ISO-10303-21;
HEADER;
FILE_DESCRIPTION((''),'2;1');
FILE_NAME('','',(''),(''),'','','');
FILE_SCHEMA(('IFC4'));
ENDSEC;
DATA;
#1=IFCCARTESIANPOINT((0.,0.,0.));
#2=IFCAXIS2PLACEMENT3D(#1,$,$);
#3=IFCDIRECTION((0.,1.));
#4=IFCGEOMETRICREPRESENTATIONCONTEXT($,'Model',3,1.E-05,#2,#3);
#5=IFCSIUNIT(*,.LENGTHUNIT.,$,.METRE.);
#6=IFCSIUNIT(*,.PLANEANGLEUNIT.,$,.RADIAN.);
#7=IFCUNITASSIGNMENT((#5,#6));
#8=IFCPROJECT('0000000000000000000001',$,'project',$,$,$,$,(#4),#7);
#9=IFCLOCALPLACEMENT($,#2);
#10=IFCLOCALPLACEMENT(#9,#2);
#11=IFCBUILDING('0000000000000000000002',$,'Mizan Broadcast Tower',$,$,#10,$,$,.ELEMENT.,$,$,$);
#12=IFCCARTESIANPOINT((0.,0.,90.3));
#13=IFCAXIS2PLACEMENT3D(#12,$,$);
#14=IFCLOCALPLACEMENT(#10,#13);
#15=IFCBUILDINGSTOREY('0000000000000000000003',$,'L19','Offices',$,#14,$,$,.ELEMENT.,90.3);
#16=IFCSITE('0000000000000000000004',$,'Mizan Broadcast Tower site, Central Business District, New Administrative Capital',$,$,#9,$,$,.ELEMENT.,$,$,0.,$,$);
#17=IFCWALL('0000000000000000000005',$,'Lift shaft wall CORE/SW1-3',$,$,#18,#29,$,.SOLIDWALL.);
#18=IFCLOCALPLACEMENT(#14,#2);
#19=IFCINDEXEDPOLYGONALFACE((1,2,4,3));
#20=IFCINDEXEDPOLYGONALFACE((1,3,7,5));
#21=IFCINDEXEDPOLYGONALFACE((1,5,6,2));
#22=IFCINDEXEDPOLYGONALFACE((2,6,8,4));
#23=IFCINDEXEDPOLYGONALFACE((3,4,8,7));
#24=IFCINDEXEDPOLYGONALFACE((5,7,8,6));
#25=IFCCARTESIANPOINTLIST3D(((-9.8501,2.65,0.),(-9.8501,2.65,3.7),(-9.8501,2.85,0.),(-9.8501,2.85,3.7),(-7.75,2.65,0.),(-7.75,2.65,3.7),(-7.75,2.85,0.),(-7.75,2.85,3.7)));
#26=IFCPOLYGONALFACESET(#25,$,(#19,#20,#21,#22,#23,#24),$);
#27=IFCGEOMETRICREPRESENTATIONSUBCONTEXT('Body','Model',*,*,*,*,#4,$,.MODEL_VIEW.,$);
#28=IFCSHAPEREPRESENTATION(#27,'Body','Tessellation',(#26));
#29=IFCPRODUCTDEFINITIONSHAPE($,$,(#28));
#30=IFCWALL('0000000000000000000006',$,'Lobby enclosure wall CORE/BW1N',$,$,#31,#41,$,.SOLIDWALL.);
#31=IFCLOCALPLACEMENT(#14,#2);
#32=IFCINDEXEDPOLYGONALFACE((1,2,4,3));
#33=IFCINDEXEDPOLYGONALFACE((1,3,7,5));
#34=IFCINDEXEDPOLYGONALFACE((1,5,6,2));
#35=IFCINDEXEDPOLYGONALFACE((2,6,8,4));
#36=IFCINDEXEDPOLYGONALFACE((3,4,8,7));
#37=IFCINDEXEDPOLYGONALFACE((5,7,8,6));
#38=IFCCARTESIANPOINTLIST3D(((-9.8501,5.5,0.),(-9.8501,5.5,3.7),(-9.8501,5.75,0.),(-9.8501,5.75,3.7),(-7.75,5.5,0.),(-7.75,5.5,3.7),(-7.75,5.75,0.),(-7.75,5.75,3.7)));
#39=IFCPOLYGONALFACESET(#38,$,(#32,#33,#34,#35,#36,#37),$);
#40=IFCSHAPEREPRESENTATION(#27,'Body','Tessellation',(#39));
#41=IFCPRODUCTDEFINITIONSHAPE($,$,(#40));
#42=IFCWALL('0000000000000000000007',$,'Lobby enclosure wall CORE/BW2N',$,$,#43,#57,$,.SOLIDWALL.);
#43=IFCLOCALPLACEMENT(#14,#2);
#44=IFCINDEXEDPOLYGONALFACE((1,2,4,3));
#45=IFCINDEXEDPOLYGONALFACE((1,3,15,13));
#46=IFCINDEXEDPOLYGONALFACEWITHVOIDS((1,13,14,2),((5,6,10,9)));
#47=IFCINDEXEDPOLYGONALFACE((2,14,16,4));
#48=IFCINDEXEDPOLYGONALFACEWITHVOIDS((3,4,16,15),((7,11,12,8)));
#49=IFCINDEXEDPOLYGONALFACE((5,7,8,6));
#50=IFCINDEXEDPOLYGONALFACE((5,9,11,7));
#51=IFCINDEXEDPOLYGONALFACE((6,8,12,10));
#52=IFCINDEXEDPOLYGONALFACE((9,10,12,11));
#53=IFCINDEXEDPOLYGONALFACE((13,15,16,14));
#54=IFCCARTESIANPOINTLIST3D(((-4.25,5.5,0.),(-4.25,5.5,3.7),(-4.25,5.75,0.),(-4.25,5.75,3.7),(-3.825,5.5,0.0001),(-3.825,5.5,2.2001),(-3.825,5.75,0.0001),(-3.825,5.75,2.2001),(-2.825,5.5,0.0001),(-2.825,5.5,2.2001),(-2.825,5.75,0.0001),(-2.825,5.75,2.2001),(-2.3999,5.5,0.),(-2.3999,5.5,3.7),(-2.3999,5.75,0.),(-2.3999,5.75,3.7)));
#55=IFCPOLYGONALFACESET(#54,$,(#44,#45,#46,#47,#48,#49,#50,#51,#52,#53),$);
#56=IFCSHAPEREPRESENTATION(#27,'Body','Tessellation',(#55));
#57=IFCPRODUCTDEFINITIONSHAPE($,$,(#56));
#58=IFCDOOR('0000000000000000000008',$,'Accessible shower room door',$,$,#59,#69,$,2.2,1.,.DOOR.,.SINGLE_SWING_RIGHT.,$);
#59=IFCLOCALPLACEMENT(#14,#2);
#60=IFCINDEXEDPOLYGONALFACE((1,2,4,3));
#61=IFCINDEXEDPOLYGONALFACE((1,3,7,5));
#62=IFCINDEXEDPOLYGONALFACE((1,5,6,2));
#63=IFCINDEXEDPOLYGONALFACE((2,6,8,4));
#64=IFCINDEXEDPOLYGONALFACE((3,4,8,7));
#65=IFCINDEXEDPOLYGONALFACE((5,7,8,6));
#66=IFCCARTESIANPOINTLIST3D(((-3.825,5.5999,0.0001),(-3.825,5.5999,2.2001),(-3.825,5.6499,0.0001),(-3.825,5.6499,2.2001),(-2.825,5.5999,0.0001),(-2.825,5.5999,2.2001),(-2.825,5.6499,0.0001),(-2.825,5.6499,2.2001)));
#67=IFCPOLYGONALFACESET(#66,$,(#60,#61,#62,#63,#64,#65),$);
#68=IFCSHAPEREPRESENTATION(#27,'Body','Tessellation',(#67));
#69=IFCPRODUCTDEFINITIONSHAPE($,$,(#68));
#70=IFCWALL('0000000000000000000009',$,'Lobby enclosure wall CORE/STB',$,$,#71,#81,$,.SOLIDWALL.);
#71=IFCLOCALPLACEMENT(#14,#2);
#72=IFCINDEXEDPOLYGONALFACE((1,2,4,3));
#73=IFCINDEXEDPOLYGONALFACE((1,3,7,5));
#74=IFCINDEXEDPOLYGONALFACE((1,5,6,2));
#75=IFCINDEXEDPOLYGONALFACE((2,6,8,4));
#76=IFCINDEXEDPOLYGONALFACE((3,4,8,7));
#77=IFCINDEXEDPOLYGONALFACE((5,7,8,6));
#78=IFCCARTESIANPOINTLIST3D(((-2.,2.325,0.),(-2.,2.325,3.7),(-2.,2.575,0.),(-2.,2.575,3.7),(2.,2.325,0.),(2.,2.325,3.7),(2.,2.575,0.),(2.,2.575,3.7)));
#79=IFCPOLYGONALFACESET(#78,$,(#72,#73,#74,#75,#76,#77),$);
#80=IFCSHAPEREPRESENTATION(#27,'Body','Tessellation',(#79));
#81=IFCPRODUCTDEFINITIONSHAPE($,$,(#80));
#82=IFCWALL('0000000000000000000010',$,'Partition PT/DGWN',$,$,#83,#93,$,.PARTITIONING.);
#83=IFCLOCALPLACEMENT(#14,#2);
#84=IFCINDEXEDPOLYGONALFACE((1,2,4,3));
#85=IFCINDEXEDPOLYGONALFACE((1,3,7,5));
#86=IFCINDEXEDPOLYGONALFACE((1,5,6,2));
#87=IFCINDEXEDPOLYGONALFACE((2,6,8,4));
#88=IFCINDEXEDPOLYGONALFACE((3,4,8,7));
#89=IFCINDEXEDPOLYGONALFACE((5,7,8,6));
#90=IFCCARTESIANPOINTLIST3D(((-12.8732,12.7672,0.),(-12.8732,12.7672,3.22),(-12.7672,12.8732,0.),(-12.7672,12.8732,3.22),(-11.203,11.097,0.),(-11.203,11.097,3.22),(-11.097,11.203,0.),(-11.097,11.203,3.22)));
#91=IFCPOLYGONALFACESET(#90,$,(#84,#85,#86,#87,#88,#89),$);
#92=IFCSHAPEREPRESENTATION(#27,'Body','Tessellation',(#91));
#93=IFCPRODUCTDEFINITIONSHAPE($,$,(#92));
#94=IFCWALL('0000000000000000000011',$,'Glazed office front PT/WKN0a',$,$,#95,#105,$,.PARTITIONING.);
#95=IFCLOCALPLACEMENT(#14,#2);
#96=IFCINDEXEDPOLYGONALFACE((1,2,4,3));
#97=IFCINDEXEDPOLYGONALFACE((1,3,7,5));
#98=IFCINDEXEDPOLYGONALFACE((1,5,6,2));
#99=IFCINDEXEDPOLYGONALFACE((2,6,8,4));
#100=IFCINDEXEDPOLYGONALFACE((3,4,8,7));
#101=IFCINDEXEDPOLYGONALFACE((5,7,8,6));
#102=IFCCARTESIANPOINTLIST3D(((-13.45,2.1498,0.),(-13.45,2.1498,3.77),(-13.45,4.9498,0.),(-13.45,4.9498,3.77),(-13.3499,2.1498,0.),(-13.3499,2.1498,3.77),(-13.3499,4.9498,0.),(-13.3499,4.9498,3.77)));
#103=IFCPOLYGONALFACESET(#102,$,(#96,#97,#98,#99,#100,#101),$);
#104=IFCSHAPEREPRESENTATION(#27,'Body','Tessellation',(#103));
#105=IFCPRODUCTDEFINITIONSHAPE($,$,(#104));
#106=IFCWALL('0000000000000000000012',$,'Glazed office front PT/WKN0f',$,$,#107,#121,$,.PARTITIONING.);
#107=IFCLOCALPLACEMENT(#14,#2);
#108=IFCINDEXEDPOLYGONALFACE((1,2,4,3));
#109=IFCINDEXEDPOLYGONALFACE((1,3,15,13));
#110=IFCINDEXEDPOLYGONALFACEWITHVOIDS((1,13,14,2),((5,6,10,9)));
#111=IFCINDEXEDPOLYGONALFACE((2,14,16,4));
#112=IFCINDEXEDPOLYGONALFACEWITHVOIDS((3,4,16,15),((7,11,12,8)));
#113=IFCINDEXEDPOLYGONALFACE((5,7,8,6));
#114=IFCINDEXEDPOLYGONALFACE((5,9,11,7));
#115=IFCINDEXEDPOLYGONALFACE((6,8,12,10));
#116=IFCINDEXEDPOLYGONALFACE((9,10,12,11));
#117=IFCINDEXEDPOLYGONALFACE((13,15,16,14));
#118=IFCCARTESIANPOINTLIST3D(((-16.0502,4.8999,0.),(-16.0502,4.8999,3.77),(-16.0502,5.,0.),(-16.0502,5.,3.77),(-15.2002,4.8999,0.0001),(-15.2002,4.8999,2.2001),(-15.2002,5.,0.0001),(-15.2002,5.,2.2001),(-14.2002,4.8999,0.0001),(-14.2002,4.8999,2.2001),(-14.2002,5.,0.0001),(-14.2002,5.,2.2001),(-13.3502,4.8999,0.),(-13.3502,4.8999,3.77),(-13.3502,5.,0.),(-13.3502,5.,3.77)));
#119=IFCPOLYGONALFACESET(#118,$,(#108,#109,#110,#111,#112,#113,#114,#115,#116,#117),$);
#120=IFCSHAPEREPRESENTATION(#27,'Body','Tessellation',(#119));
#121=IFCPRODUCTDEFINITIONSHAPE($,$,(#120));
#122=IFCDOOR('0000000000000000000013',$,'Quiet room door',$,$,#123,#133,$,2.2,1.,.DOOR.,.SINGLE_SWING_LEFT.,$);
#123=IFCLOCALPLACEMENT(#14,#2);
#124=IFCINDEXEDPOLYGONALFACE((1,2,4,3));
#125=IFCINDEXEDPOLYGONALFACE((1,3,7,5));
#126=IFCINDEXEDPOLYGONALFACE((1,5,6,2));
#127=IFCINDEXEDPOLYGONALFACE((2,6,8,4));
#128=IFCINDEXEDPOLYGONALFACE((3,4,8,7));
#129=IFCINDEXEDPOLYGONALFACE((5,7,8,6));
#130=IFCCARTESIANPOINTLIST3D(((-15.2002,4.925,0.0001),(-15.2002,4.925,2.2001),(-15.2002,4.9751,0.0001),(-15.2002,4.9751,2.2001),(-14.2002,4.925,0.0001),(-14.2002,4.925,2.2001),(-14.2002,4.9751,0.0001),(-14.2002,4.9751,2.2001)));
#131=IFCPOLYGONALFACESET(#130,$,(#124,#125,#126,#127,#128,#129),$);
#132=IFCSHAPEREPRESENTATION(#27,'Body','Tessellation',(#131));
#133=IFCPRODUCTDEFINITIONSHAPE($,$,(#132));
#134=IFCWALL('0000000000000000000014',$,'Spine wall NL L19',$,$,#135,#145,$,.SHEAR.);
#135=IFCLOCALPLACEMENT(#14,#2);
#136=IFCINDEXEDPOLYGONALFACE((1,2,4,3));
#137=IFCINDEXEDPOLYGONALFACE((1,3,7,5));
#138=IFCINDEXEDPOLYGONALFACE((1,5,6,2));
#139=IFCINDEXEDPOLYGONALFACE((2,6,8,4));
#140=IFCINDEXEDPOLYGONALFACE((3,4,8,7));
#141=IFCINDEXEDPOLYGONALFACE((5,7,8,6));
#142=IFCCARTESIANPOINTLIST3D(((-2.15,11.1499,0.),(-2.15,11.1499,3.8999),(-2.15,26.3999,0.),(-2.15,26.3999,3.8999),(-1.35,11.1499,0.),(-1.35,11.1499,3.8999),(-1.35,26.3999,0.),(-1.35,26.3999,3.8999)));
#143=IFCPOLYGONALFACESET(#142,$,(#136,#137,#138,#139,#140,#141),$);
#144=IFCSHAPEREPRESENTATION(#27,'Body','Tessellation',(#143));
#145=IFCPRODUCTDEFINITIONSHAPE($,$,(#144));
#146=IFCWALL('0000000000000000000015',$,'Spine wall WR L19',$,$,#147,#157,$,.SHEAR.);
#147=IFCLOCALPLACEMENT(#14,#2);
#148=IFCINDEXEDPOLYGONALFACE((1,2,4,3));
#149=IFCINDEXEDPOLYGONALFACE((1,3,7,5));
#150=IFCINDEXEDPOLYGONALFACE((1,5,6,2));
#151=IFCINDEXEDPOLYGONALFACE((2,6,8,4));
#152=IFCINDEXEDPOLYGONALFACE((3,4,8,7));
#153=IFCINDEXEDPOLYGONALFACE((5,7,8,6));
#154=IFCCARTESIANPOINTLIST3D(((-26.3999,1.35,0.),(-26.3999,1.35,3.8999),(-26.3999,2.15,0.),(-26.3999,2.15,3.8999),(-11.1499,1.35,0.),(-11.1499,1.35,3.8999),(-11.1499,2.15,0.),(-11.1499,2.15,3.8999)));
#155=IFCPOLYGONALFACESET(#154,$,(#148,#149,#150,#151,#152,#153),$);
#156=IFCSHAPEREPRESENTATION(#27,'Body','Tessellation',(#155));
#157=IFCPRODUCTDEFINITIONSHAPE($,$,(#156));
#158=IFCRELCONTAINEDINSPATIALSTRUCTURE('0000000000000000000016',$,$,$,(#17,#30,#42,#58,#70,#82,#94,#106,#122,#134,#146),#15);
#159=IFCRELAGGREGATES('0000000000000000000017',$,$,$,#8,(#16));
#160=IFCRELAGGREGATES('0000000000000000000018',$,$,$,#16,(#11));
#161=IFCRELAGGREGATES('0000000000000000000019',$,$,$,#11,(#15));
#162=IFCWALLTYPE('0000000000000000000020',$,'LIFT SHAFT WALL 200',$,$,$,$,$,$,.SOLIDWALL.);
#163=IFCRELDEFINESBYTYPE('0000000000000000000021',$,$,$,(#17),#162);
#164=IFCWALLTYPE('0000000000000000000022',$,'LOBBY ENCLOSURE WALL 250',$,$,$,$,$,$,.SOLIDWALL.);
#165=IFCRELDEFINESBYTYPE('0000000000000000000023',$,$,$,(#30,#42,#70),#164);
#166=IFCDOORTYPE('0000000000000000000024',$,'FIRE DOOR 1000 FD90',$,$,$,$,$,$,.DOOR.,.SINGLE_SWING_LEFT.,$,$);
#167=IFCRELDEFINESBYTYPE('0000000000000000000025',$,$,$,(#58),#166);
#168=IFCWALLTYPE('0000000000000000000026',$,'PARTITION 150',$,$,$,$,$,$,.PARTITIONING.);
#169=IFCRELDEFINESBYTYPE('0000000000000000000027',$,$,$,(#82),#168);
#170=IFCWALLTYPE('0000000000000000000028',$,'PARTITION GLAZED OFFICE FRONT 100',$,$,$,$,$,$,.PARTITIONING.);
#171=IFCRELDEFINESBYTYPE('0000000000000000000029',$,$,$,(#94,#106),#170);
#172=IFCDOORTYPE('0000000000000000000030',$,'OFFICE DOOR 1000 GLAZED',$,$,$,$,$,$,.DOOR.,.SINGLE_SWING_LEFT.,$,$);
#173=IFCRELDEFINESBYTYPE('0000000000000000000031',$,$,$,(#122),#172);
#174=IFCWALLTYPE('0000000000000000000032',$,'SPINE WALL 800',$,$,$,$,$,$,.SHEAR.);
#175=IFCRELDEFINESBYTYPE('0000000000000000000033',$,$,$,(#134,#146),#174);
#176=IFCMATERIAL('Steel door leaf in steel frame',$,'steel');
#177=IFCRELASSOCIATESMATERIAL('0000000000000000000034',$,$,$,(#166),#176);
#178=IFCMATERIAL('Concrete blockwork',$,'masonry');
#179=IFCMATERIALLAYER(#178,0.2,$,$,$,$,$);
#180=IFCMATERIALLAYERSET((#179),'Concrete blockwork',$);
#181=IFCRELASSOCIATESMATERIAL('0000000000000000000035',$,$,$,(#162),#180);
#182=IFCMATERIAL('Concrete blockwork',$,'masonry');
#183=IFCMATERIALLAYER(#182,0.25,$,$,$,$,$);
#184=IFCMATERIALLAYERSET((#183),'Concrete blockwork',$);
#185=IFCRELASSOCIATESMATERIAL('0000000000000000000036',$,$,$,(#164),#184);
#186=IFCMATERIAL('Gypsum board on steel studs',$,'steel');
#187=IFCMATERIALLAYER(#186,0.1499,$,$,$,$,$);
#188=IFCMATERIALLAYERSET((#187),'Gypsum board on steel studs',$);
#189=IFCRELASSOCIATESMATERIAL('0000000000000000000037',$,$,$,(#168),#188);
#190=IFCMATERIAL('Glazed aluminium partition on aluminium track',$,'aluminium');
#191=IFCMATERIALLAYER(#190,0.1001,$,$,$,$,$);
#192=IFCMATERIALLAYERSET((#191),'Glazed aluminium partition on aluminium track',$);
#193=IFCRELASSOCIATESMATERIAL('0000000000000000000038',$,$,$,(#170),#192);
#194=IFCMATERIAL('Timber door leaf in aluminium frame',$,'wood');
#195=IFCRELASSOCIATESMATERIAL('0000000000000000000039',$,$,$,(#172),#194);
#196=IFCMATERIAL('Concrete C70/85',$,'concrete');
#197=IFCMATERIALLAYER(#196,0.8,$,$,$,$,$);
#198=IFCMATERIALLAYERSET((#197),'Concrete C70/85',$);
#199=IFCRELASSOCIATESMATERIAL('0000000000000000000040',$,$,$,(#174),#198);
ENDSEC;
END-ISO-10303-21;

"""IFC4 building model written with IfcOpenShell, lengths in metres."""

from ifc_helpers import new_model, si_unit, direction, frame, frame_2d, origin, place, context, subcontext, project, spatial, rectangle, extrude, material, layer, layer_set, type_object, element, fill, save


model = new_model("IFC4")

# Units and contexts
model_context = context("Model", 3, precision=1e-05, world=origin(), true_north=direction((0.0, 1.0)))
body_context = subcontext(model_context, "Body", "Model", "MODEL_VIEW")
ifc_project = project(units=[si_unit("LENGTHUNIT", "METRE"), si_unit("PLANEANGLEUNIT", "RADIAN")], contexts=[model_context])

# Site, building, storey
site_placement = place(None, origin())
site = spatial("IfcSite", under=ifc_project, at=site_placement, Name="Mizan Broadcast Tower site, Central Business District, New Administrative Capital", CompositionType="ELEMENT", RefElevation=0.0)
building_placement = place(site_placement, origin())
building = spatial("IfcBuilding", under=site, at=building_placement, Name="Mizan Broadcast Tower", CompositionType="ELEMENT")
storey_placement = place(building_placement, frame((0.0, 0.0, 90.3)))
storey = spatial("IfcBuildingStorey", under=building, at=storey_placement, Name="L19", Description="Offices", CompositionType="ELEMENT", Elevation=90.3)

# Shared definitions
ifc_material_1 = material(Name="Steel door leaf in steel frame", Category="steel")
door_type_1 = type_object("IfcDoorType", Name="FIRE DOOR 1000 FD90", OperationType="SINGLE_SWING_LEFT", PredefinedType="DOOR", material=ifc_material_1)

# Walls
ifc_material_2 = material(Name="Concrete blockwork", Category="masonry")
ifc_layer_1 = layer(ifc_material_2, 0.2)
ifc_layer_set_1 = layer_set([ifc_layer_1], Name="Concrete blockwork")
wall_type_1 = type_object("IfcWallType", Name="LIFT SHAFT WALL 200", PredefinedType="SOLIDWALL", material=ifc_layer_set_1)
for number, where, z_axis, x_axis, name in (
    (1, (-9.8501, 2.75, 0.0), (0.0, 0.0, 1.0), (1.0, 0.0, 0.0), "Lift shaft wall CORE/SW1-3"),
):
    element("IfcWall", number, at=place(storey_placement, frame(where, z_axis=z_axis, x_axis=x_axis)), inside=storey, type_object=wall_type_1, Name=name, PredefinedType="SOLIDWALL", context=body_context, shape_type="SweptSolid", body=[
        extrude(rectangle(XDim=2.1001, YDim=0.2, at=frame_2d((1.05, 0.0))), origin(), (0.0, 0.0, 1.0), 3.7),
    ])
ifc_material_3 = material(Name="Concrete blockwork", Category="masonry")
ifc_layer_2 = layer(ifc_material_3, 0.25)
ifc_layer_set_2 = layer_set([ifc_layer_2], Name="Concrete blockwork")
wall_type_2 = type_object("IfcWallType", Name="LOBBY ENCLOSURE WALL 250", PredefinedType="SOLIDWALL", material=ifc_layer_set_2)
wall_1_placement = place(storey_placement, frame((-9.8501, 5.625, 0.0), z_axis=(0.0, 0.0, 1.0), x_axis=(1.0, 0.0, 0.0)))
element("IfcWall", 2, at=wall_1_placement, inside=storey, type_object=wall_type_2, Name="Lobby enclosure wall CORE/BW1N", PredefinedType="SOLIDWALL", context=body_context, shape_type="SweptSolid", body=[
    extrude(rectangle(XDim=2.1001, YDim=0.25, at=frame_2d((1.05, 0.0))), origin(), (0.0, 0.0, 1.0), 3.7),
])

# Wall, opening, door
wall_2_placement = place(storey_placement, frame((-4.25, 5.625, 0.0), z_axis=(0.0, 0.0, 1.0), x_axis=(1.0, 0.0, 0.0)))
wall_2 = element("IfcWall", 3, at=wall_2_placement, inside=storey, type_object=wall_type_2, Name="Lobby enclosure wall CORE/BW2N", PredefinedType="SOLIDWALL", context=body_context, shape_type="SweptSolid", body=[
    extrude(rectangle(XDim=1.8501, YDim=0.25, at=frame_2d((0.925, 0.0))), origin(), (0.0, 0.0, 1.0), 3.7),
])
opening_1_placement = place(wall_2_placement, frame((0.425, 0.0, 0.0)))
opening_1 = element("IfcOpeningElement", 4, at=opening_1_placement, cuts=wall_2, PredefinedType="OPENING", context=body_context, shape_type="SweptSolid", body=[
    extrude(rectangle(XDim=1.0, YDim=2.2, at=frame_2d((0.5, 1.1001))), frame((0.0, 0.135, 0.0), z_axis=(0.0, -1.0, 0.0), x_axis=(1.0, 0.0, 0.0)), (0.0, 0.0, 1.0), 0.27),
])
door_1_placement = place(opening_1_placement, origin())
door_1 = element("IfcDoor", 5, at=door_1_placement, inside=storey, type_object=door_type_1, Name="Accessible shower room door", OperationType="SINGLE_SWING_RIGHT", OverallHeight=2.2, OverallWidth=1.0, PredefinedType="DOOR", context=body_context, shape_type="SweptSolid", body=[
    extrude(rectangle(XDim=1.0, YDim=2.2, at=frame_2d((0.5, 1.1001))), frame((0.0, 0.0249, 0.0), z_axis=(0.0, -1.0, 0.0), x_axis=(1.0, 0.0, 0.0)), (0.0, 0.0, 1.0), 0.05),
])
fill(opening_1, door_1)

# Walls
wall_3_placement = place(storey_placement, frame((-2.0, 2.45, 0.0), z_axis=(0.0, 0.0, 1.0), x_axis=(1.0, 0.0, 0.0)))
element("IfcWall", 6, at=wall_3_placement, inside=storey, type_object=wall_type_2, Name="Lobby enclosure wall CORE/STB", PredefinedType="SOLIDWALL", context=body_context, shape_type="SweptSolid", body=[
    extrude(rectangle(XDim=4.0, YDim=0.25, at=frame_2d((2.0, 0.0))), origin(), (0.0, 0.0, 1.0), 3.7),
])
ifc_material_4 = material(Name="Gypsum board on steel studs", Category="steel")
ifc_layer_3 = layer(ifc_material_4, 0.1499)
ifc_layer_set_3 = layer_set([ifc_layer_3], Name="Gypsum board on steel studs")
wall_type_3 = type_object("IfcWallType", Name="PARTITION 150", PredefinedType="PARTITIONING", material=ifc_layer_set_3)
wall_4_placement = place(storey_placement, frame((-11.1499, 11.1499, 0.0), z_axis=(0.0, 0.0, 1.0), x_axis=(-0.707107, 0.707107, 0.0)))
element("IfcWall", 7, at=wall_4_placement, inside=storey, type_object=wall_type_3, Name="Partition PT/DGWN", PredefinedType="PARTITIONING", context=body_context, shape_type="SweptSolid", body=[
    extrude(rectangle(XDim=2.3621, YDim=0.1499, at=frame_2d((1.1812, 0.0))), origin(), (0.0, 0.0, 1.0), 3.22),
])
ifc_material_5 = material(Name="Glazed aluminium partition on aluminium track", Category="aluminium")
ifc_layer_4 = layer(ifc_material_5, 0.1001)
ifc_layer_set_4 = layer_set([ifc_layer_4], Name="Glazed aluminium partition on aluminium track")
wall_type_4 = type_object("IfcWallType", Name="PARTITION GLAZED OFFICE FRONT 100", PredefinedType="PARTITIONING", material=ifc_layer_set_4)
wall_5_placement = place(storey_placement, frame((-13.3999, 2.1499, 0.0), z_axis=(0.0, 0.0, 1.0), x_axis=(0.0, 1.0, 0.0)))
element("IfcWall", 8, at=wall_5_placement, inside=storey, type_object=wall_type_4, Name="Glazed office front PT/WKN0a", PredefinedType="PARTITIONING", context=body_context, shape_type="SweptSolid", body=[
    extrude(rectangle(XDim=2.8, YDim=0.1001, at=frame_2d((1.3999, 0.0))), origin(), (0.0, 0.0, 1.0), 3.77),
])

# Wall, opening, door
wall_6_placement = place(storey_placement, frame((-13.3501, 4.95, 0.0), z_axis=(0.0, 0.0, 1.0), x_axis=(-1.0, 0.0, 0.0)))
wall_6 = element("IfcWall", 9, at=wall_6_placement, inside=storey, type_object=wall_type_4, Name="Glazed office front PT/WKN0f", PredefinedType="PARTITIONING", context=body_context, shape_type="SweptSolid", body=[
    extrude(rectangle(XDim=2.7, YDim=0.1001, at=frame_2d((1.3501, 0.0))), origin(), (0.0, 0.0, 1.0), 3.77),
])
opening_2_placement = place(wall_6_placement, frame((0.8501, 0.0, 0.0)))
opening_2 = element("IfcOpeningElement", 10, at=opening_2_placement, cuts=wall_6, PredefinedType="OPENING", context=body_context, shape_type="SweptSolid", body=[
    extrude(rectangle(XDim=1.0, YDim=2.2, at=frame_2d((0.5, 1.1001))), frame((0.0, 0.0601, 0.0), z_axis=(0.0, -1.0, 0.0), x_axis=(1.0, 0.0, 0.0)), (0.0, 0.0, 1.0), 0.1201),
])
ifc_material_6 = material(Name="Timber door leaf in aluminium frame", Category="wood")
door_type_2 = type_object("IfcDoorType", Name="OFFICE DOOR 1000 GLAZED", OperationType="SINGLE_SWING_LEFT", PredefinedType="DOOR", material=ifc_material_6)
door_2_placement = place(opening_2_placement, origin())
door_2 = element("IfcDoor", 11, at=door_2_placement, inside=storey, type_object=door_type_2, Name="Quiet room door", OperationType="SINGLE_SWING_LEFT", OverallHeight=2.2, OverallWidth=1.0, PredefinedType="DOOR", context=body_context, shape_type="SweptSolid", body=[
    extrude(rectangle(XDim=1.0, YDim=2.2, at=frame_2d((0.5, 1.1001))), frame((0.0, 0.0249, 0.0), z_axis=(0.0, -1.0, 0.0), x_axis=(1.0, 0.0, 0.0)), (0.0, 0.0, 1.0), 0.05),
])
fill(opening_2, door_2)

# Walls
ifc_material_7 = material(Name="Concrete C70/85", Category="concrete")
ifc_layer_5 = layer(ifc_material_7, 0.8)
ifc_layer_set_5 = layer_set([ifc_layer_5], Name="Concrete C70/85")
wall_type_5 = type_object("IfcWallType", Name="SPINE WALL 800", PredefinedType="SHEAR", material=ifc_layer_set_5)
for number, where, z_axis, x_axis, name in (
    (12, (-1.75, 11.1499, 0.0), (0.0, 0.0, 1.0), (0.0, 1.0, 0.0), "Spine wall NL L19"),
    (13, (-11.1499, 1.75, 0.0), (0.0, 0.0, 1.0), (-1.0, 0.0, 0.0), "Spine wall WR L19"),
):
    element("IfcWall", number, at=place(storey_placement, frame(where, z_axis=z_axis, x_axis=x_axis)), inside=storey, type_object=wall_type_5, Name=name, PredefinedType="SHEAR", context=body_context, shape_type="SweptSolid", body=[
        extrude(rectangle(XDim=15.25, YDim=0.8, at=frame_2d((7.625, 0.0))), origin(), (0.0, 0.0, 1.0), 3.8999),
    ])

save(model, "model.ifc")
